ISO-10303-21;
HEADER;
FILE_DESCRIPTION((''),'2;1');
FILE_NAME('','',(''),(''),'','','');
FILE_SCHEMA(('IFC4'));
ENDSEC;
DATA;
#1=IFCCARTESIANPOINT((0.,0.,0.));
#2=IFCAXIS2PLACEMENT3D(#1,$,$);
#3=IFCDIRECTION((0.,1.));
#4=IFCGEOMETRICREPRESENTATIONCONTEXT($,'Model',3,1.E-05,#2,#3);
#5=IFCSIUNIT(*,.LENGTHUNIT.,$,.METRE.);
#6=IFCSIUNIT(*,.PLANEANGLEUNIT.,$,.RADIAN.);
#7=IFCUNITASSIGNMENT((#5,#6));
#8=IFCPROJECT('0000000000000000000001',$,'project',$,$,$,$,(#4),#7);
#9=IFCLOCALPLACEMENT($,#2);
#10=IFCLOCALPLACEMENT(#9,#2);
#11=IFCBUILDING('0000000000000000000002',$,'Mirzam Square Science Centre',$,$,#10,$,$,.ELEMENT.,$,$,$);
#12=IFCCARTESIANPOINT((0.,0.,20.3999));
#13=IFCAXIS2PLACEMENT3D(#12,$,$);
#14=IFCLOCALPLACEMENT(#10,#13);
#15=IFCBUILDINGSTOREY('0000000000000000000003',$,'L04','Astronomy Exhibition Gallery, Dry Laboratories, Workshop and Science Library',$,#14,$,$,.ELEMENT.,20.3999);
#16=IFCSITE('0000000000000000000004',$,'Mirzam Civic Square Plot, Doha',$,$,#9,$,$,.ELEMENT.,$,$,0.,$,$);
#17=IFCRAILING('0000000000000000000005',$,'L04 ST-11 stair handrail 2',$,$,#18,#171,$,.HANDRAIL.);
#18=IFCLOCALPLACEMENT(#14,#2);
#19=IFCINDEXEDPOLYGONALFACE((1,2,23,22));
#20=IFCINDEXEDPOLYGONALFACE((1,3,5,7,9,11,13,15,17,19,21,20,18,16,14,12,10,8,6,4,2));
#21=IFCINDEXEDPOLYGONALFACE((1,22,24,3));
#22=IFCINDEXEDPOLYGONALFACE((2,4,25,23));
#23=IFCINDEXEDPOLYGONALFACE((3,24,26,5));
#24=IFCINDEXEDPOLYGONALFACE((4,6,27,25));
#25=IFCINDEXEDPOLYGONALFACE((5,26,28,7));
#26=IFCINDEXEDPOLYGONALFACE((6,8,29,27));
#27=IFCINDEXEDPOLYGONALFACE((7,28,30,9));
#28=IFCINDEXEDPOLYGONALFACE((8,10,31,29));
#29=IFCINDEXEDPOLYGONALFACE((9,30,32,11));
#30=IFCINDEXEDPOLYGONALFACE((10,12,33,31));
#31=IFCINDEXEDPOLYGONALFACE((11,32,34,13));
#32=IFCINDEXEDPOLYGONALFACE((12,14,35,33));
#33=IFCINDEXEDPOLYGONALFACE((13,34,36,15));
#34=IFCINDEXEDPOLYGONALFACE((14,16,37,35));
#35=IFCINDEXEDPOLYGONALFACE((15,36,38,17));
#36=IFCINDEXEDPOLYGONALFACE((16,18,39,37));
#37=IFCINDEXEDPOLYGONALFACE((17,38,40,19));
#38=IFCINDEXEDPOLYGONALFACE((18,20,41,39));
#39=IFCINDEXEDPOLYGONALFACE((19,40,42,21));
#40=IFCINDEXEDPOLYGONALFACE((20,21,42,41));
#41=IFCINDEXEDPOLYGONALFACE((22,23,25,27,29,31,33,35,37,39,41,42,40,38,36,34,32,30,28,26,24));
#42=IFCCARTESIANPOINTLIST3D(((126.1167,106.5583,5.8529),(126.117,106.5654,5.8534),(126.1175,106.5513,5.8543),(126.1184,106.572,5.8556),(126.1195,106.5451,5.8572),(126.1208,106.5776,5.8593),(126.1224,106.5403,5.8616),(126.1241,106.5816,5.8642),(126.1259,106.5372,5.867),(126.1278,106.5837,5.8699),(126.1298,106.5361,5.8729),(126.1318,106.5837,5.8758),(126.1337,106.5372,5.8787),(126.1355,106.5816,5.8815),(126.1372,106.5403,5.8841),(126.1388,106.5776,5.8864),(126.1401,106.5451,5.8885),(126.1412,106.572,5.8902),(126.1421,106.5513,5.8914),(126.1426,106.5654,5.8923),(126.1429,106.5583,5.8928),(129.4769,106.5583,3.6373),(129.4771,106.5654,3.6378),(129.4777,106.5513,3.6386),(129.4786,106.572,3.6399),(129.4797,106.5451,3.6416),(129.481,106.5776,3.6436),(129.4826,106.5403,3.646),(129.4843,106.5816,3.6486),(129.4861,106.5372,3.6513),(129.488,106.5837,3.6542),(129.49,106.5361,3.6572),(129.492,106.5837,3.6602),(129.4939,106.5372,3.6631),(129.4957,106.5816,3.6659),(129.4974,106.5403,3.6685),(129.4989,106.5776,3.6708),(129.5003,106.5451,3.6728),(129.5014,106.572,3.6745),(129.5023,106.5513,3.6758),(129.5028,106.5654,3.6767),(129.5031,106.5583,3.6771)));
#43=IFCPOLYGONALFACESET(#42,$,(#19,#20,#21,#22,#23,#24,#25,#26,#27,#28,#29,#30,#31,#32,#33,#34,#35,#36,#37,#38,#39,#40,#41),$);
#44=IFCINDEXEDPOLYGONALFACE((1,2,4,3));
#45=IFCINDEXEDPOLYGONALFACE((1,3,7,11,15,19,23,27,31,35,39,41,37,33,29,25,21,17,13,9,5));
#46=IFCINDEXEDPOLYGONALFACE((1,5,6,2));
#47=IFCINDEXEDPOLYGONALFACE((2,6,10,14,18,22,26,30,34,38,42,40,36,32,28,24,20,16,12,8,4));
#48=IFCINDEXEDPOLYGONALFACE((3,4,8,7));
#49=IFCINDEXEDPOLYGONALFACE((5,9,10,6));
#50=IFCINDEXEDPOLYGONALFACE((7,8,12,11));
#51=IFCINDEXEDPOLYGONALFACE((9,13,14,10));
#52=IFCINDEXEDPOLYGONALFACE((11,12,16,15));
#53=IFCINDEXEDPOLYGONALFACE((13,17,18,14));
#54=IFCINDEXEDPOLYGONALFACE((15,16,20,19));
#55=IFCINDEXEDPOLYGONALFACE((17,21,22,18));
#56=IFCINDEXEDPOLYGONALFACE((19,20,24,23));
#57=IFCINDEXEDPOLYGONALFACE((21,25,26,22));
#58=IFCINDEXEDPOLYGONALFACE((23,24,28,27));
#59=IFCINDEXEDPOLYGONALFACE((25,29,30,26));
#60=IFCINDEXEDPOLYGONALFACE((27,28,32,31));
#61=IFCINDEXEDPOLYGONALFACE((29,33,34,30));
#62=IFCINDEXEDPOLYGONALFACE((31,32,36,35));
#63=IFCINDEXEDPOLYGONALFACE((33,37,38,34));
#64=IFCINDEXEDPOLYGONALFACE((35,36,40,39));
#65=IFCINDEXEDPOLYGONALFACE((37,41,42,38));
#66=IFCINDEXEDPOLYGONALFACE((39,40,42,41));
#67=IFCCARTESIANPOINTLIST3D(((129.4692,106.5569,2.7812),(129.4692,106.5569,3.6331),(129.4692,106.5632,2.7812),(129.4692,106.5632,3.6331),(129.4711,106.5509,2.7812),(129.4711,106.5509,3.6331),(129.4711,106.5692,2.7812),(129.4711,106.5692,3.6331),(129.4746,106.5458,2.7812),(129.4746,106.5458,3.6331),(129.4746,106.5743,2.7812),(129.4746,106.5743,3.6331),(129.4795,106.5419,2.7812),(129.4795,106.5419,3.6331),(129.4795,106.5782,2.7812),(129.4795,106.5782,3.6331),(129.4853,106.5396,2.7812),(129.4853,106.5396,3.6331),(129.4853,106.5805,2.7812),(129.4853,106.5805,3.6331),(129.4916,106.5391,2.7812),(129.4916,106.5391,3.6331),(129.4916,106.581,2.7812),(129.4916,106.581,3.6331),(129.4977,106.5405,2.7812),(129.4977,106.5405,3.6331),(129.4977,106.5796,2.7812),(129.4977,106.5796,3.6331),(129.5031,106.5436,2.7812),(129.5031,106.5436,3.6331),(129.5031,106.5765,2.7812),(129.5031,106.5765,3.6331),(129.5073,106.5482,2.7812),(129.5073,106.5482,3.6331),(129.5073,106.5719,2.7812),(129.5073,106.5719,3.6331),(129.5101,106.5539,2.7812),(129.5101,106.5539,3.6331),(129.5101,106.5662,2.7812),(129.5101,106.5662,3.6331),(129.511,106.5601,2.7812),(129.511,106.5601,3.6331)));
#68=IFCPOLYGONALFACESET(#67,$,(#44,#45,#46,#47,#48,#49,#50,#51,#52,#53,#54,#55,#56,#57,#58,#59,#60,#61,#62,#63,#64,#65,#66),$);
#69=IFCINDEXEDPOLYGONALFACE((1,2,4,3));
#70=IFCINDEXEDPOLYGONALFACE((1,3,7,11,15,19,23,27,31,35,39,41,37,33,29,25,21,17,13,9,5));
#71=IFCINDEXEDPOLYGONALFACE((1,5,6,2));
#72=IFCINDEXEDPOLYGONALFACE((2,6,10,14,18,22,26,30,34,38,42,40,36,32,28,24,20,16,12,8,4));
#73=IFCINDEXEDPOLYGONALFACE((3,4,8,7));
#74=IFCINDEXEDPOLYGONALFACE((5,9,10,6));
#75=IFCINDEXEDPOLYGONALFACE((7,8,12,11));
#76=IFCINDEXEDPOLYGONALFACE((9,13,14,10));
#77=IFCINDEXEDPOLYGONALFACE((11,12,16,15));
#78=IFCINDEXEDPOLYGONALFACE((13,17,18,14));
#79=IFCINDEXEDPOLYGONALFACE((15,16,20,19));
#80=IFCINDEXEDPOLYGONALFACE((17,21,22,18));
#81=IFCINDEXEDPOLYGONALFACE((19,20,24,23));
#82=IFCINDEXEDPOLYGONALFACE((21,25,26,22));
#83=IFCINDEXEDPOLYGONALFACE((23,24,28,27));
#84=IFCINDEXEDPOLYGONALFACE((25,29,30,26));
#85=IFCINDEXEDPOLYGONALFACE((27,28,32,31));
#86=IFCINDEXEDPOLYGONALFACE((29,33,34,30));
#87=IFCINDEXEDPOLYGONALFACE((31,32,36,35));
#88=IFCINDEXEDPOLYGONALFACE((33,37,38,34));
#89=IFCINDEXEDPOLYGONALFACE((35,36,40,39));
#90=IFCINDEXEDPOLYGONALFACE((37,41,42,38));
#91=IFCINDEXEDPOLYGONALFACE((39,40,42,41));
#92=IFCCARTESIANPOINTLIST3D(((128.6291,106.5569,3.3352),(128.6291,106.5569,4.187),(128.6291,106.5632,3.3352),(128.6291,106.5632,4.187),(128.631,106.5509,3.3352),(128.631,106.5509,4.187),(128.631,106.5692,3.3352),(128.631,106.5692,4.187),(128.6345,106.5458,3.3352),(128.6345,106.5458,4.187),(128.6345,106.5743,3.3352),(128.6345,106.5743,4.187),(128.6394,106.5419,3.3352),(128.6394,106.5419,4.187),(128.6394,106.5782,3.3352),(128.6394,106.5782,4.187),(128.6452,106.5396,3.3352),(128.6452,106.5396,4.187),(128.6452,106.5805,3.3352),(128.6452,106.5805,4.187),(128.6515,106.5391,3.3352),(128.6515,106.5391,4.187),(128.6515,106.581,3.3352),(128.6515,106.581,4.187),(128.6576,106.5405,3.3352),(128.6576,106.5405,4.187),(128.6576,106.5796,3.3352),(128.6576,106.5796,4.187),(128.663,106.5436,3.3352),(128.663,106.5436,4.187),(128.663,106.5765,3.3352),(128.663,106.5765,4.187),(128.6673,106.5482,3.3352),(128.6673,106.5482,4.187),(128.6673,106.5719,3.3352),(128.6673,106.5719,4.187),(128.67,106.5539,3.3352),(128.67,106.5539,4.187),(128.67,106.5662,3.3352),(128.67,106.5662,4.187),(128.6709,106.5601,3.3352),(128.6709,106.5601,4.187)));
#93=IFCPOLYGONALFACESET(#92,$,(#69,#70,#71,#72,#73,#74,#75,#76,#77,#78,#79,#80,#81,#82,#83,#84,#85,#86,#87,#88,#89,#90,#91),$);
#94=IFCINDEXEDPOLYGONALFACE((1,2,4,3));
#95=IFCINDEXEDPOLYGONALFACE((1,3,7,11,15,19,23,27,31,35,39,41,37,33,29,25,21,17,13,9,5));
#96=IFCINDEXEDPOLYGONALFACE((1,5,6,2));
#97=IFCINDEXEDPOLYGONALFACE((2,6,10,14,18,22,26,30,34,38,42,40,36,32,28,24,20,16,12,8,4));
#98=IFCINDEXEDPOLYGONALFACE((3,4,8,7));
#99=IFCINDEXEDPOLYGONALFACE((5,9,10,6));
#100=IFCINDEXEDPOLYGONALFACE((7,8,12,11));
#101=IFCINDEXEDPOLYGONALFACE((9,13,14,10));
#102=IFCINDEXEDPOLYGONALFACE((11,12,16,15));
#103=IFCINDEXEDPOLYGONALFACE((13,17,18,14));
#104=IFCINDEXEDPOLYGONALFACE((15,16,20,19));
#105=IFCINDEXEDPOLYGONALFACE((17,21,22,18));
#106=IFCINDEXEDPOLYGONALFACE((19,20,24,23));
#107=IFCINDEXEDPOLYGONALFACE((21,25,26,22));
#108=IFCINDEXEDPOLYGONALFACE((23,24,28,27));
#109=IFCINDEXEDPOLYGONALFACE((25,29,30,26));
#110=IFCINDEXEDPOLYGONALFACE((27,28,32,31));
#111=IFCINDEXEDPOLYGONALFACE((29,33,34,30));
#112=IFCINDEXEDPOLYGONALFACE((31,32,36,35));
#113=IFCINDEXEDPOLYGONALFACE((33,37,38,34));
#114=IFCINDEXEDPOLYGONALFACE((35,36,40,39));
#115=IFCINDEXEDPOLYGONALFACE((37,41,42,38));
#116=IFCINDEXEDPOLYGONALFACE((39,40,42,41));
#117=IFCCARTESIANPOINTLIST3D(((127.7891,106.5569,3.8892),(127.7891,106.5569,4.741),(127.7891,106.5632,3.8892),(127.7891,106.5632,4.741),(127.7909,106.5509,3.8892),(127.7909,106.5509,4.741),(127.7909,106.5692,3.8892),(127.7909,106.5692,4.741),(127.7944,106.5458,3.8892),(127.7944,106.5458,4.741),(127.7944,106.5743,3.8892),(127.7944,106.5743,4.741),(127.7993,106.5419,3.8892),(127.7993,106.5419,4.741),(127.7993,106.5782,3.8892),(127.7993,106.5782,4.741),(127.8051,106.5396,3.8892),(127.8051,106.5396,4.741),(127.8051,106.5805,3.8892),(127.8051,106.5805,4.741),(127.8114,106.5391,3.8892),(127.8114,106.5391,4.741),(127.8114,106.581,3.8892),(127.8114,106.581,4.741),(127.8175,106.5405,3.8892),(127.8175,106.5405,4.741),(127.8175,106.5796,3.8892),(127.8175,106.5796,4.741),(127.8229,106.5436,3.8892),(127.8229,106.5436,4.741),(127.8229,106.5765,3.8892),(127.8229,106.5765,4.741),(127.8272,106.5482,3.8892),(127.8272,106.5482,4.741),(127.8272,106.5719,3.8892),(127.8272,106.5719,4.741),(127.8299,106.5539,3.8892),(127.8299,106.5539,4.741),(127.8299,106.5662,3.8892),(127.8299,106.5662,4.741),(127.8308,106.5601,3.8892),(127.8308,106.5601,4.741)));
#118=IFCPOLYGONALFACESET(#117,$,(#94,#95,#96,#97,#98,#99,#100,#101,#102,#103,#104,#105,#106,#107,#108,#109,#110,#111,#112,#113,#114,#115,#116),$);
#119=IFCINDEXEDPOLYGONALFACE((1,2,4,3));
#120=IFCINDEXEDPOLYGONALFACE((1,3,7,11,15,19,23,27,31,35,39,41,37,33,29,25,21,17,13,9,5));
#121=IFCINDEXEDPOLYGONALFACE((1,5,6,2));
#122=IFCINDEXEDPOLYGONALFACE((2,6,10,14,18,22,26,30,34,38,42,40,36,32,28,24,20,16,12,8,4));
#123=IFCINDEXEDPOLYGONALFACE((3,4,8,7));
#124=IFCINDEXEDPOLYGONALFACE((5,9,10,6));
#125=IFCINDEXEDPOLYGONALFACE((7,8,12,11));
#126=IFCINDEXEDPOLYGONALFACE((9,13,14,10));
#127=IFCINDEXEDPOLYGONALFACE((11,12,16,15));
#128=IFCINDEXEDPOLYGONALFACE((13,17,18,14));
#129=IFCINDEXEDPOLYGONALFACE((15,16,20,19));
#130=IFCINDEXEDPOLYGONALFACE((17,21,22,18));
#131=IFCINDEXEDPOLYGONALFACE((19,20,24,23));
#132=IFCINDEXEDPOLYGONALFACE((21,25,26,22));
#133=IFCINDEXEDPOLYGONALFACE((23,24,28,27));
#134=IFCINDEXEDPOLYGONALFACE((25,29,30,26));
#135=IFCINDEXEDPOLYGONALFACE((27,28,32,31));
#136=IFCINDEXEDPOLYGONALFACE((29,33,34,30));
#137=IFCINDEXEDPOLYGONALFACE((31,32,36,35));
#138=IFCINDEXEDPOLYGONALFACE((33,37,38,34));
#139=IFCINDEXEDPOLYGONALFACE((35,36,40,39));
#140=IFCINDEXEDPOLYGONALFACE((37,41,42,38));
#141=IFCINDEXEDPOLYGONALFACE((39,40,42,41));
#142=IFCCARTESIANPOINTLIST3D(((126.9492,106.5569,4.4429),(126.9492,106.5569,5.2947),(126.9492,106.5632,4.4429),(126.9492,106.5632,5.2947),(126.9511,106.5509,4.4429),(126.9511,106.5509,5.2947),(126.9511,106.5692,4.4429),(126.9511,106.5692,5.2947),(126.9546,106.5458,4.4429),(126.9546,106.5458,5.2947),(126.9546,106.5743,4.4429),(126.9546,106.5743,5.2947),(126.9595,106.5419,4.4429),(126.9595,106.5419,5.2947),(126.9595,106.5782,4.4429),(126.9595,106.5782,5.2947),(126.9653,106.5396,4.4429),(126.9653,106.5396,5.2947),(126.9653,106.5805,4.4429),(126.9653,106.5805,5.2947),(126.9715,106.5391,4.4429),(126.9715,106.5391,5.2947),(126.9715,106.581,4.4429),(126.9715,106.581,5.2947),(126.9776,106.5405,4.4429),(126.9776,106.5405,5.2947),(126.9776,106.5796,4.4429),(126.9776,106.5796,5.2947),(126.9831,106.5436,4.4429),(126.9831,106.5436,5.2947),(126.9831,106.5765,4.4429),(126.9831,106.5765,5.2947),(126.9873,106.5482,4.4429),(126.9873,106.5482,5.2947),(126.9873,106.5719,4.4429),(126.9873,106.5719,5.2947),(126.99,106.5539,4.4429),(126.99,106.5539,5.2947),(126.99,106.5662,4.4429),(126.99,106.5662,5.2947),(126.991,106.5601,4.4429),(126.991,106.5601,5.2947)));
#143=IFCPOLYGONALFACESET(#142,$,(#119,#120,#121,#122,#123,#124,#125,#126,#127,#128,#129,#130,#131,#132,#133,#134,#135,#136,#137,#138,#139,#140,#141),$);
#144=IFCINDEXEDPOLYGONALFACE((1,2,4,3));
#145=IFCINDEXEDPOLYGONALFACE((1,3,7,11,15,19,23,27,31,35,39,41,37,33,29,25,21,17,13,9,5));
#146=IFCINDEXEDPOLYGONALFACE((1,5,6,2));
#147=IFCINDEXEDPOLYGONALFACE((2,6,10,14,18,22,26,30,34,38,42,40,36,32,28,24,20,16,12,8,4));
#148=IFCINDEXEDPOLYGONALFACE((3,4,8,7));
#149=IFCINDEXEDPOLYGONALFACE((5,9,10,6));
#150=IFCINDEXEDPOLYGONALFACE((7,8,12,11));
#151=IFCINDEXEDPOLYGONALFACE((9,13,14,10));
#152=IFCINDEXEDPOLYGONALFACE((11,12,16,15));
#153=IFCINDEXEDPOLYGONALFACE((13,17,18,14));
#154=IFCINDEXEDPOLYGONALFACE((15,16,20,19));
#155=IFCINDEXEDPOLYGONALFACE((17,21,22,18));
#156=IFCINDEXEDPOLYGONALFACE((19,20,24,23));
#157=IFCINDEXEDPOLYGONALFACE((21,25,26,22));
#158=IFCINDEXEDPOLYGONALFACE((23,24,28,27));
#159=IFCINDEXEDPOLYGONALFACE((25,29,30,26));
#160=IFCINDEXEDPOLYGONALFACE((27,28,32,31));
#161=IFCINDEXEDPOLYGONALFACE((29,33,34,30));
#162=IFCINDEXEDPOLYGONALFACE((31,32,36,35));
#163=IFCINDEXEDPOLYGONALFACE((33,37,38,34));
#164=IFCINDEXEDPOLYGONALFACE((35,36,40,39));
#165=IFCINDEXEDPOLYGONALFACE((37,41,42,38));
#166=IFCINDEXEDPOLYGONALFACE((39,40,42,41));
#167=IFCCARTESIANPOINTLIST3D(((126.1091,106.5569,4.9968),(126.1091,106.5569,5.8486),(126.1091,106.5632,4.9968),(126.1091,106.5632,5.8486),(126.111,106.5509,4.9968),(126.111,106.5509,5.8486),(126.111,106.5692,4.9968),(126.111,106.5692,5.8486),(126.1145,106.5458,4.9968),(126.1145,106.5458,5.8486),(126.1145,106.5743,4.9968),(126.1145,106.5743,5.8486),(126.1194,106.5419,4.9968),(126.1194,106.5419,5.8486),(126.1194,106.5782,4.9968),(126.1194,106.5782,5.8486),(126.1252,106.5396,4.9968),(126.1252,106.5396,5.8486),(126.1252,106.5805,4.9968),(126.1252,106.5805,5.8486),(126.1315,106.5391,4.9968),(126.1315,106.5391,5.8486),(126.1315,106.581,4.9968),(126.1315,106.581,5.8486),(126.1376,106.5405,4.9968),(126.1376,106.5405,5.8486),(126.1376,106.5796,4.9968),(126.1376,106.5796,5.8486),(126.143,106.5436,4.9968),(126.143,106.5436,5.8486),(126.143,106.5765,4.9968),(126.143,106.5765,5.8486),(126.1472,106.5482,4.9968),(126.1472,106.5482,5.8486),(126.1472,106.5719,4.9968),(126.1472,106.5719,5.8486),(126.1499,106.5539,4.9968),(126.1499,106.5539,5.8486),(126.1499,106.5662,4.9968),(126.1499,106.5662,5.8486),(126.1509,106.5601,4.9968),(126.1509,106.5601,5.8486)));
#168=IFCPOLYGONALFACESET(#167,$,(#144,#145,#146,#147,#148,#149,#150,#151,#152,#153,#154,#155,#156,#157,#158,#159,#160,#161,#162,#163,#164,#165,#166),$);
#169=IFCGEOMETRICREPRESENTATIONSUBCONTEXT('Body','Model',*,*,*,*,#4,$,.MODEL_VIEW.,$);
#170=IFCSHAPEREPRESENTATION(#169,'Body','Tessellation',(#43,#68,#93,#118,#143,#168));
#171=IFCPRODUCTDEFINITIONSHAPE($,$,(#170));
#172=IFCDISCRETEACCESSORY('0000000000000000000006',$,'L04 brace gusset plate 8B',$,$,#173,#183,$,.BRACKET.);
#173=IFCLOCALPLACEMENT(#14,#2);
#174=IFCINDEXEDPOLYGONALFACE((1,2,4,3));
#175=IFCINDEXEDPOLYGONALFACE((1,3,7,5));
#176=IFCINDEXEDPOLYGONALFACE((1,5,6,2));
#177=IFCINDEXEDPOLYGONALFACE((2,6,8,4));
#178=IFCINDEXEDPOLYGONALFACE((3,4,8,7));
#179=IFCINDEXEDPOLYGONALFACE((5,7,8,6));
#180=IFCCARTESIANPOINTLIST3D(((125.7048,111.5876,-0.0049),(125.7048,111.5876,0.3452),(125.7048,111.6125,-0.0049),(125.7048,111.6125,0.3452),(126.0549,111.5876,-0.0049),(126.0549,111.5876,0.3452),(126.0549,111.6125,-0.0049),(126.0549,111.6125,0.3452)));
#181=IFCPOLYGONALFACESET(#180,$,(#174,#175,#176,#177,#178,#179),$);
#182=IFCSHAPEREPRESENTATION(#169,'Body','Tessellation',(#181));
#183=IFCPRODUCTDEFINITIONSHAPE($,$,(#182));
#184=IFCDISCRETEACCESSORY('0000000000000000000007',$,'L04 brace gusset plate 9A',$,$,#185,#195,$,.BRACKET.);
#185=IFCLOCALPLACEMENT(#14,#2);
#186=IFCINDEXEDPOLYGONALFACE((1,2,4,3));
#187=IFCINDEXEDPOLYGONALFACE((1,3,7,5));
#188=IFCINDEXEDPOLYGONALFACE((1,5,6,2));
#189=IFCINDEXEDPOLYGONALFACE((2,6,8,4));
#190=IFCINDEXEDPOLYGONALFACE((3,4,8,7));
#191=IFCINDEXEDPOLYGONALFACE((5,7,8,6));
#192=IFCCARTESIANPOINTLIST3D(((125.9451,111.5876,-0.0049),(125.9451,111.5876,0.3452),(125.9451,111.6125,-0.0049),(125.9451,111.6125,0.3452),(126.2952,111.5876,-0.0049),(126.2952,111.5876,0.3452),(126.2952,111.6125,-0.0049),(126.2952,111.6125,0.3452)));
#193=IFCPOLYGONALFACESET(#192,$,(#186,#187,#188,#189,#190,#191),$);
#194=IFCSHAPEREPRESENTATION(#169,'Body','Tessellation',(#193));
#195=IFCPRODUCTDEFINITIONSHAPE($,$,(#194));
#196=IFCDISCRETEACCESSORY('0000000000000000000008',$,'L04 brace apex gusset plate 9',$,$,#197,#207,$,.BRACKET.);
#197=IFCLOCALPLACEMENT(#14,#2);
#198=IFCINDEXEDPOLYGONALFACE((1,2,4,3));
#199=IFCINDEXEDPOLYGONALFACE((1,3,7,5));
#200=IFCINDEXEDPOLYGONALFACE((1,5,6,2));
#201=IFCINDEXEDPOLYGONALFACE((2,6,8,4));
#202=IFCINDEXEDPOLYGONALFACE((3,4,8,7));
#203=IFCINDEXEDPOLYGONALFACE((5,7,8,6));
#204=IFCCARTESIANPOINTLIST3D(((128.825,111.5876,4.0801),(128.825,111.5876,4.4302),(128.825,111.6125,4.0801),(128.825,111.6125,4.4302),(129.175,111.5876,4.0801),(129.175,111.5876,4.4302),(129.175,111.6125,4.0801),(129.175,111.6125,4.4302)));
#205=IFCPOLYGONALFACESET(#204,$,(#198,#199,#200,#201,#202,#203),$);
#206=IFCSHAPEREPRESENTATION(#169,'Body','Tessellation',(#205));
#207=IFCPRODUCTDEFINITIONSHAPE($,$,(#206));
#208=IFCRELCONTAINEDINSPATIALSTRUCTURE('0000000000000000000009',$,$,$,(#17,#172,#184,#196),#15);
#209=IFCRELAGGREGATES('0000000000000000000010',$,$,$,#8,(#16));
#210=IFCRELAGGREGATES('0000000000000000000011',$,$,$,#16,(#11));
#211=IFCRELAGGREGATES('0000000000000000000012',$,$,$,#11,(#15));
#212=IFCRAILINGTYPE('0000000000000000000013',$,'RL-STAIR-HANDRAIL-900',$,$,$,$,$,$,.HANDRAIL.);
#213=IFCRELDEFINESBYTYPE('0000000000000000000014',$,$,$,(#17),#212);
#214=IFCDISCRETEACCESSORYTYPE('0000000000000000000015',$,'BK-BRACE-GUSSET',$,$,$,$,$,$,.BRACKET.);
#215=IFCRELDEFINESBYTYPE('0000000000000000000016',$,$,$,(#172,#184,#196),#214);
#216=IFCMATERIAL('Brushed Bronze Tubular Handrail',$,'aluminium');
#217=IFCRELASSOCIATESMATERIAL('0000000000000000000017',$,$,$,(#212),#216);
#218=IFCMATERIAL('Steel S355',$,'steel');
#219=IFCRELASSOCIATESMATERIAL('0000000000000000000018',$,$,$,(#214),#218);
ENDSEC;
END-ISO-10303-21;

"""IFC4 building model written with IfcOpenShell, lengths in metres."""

from ifc_helpers import new_model, si_unit, direction, frame, origin, origin_2d, place, context, subcontext, project, spatial, rectangle, circle, extrude, material, type_object, element, save


model = new_model("IFC4")

# Units and contexts
model_context = context("Model", 3, precision=1e-05, world=origin(), true_north=direction((0.0, 1.0)))
body_context = subcontext(model_context, "Body", "Model", "MODEL_VIEW")
ifc_project = project(units=[si_unit("LENGTHUNIT", "METRE"), si_unit("PLANEANGLEUNIT", "RADIAN")], contexts=[model_context])

# Site, building, storey
site_placement = place(None, origin())
site = spatial("IfcSite", under=ifc_project, at=site_placement, Name="Mirzam Civic Square Plot, Doha", CompositionType="ELEMENT", RefElevation=0.0)
building_placement = place(site_placement, origin())
building = spatial("IfcBuilding", under=site, at=building_placement, Name="Mirzam Square Science Centre", CompositionType="ELEMENT")
storey_placement = place(building_placement, frame((0.0, 0.0, 20.3999)))
storey = spatial("IfcBuildingStorey", under=building, at=storey_placement, Name="L04", Description="Astronomy Exhibition Gallery, Dry Laboratories, Workshop and Science Library", CompositionType="ELEMENT", Elevation=20.3999)

# Shared definitions
ifc_material_1 = material(Name="Steel S355", Category="steel")

# Railing
ifc_material_2 = material(Name="Brushed Bronze Tubular Handrail", Category="aluminium")
railing_type_1 = type_object("IfcRailingType", Name="RL-STAIR-HANDRAIL-900", PredefinedType="HANDRAIL", material=ifc_material_2)
railing_1_placement = place(storey_placement, frame((129.49, 106.5601, 2.7812)))
element("IfcRailing", 1, at=railing_1_placement, inside=storey, type_object=railing_type_1, Name="L04 ST-11 stair handrail 2", PredefinedType="HANDRAIL", context=body_context, shape_type="SweptSolid", body=[
    extrude(circle(Radius=0.0239, at=origin_2d()), frame((0.0, 0.0, 0.876), z_axis=(-0.834849, 0.0, 0.55048), x_axis=(0.0, -1.0, 0.0)), (0.0, 0.0, 1.0), 4.0249),
    extrude(circle(Radius=0.021, at=origin_2d()), origin(), (0.0, 0.0, 1.0), 0.8518),
    extrude(circle(Radius=0.021, at=origin_2d()), frame((-0.8401, 0.0, 0.554)), (0.0, 0.0, 1.0), 0.8518),
    extrude(circle(Radius=0.021, at=origin_2d()), frame((-1.6802, 0.0, 1.1079)), (0.0, 0.0, 1.0), 0.8518),
    extrude(circle(Radius=0.021, at=origin_2d()), frame((-2.52, 0.0, 1.6616)), (0.0, 0.0, 1.0), 0.8518),
    extrude(circle(Radius=0.021, at=origin_2d()), frame((-3.3601, 0.0, 2.2156)), (0.0, 0.0, 1.0), 0.8518),
])

# Discrete accessories
discrete_accessory_type = type_object("IfcDiscreteAccessoryType", Name="BK-BRACE-GUSSET", PredefinedType="BRACKET", material=ifc_material_1)
for number, where, z_axis, x_axis, name in (
    (2, (125.8799, 111.6001, -0.0049), (0.0, 0.0, 1.0), (1.0, 0.0, 0.0), "L04 brace gusset plate 8B"),
    (3, (126.1201, 111.6001, -0.0049), (0.0, 0.0, 1.0), (1.0, 0.0, 0.0), "L04 brace gusset plate 9A"),
    (4, (129.0, 111.6001, 4.0801), (0.0, 0.0, 1.0), (1.0, 0.0, 0.0), "L04 brace apex gusset plate 9"),
):
    element("IfcDiscreteAccessory", number, at=place(storey_placement, frame(where, z_axis=z_axis, x_axis=x_axis)), inside=storey, type_object=discrete_accessory_type, Name=name, PredefinedType="BRACKET", context=body_context, shape_type="SweptSolid", body=[
        extrude(rectangle(XDim=0.3501, YDim=0.0249, at=origin_2d()), origin(), (0.0, 0.0, 1.0), 0.3501),
    ])

save(model, "model.ifc")
